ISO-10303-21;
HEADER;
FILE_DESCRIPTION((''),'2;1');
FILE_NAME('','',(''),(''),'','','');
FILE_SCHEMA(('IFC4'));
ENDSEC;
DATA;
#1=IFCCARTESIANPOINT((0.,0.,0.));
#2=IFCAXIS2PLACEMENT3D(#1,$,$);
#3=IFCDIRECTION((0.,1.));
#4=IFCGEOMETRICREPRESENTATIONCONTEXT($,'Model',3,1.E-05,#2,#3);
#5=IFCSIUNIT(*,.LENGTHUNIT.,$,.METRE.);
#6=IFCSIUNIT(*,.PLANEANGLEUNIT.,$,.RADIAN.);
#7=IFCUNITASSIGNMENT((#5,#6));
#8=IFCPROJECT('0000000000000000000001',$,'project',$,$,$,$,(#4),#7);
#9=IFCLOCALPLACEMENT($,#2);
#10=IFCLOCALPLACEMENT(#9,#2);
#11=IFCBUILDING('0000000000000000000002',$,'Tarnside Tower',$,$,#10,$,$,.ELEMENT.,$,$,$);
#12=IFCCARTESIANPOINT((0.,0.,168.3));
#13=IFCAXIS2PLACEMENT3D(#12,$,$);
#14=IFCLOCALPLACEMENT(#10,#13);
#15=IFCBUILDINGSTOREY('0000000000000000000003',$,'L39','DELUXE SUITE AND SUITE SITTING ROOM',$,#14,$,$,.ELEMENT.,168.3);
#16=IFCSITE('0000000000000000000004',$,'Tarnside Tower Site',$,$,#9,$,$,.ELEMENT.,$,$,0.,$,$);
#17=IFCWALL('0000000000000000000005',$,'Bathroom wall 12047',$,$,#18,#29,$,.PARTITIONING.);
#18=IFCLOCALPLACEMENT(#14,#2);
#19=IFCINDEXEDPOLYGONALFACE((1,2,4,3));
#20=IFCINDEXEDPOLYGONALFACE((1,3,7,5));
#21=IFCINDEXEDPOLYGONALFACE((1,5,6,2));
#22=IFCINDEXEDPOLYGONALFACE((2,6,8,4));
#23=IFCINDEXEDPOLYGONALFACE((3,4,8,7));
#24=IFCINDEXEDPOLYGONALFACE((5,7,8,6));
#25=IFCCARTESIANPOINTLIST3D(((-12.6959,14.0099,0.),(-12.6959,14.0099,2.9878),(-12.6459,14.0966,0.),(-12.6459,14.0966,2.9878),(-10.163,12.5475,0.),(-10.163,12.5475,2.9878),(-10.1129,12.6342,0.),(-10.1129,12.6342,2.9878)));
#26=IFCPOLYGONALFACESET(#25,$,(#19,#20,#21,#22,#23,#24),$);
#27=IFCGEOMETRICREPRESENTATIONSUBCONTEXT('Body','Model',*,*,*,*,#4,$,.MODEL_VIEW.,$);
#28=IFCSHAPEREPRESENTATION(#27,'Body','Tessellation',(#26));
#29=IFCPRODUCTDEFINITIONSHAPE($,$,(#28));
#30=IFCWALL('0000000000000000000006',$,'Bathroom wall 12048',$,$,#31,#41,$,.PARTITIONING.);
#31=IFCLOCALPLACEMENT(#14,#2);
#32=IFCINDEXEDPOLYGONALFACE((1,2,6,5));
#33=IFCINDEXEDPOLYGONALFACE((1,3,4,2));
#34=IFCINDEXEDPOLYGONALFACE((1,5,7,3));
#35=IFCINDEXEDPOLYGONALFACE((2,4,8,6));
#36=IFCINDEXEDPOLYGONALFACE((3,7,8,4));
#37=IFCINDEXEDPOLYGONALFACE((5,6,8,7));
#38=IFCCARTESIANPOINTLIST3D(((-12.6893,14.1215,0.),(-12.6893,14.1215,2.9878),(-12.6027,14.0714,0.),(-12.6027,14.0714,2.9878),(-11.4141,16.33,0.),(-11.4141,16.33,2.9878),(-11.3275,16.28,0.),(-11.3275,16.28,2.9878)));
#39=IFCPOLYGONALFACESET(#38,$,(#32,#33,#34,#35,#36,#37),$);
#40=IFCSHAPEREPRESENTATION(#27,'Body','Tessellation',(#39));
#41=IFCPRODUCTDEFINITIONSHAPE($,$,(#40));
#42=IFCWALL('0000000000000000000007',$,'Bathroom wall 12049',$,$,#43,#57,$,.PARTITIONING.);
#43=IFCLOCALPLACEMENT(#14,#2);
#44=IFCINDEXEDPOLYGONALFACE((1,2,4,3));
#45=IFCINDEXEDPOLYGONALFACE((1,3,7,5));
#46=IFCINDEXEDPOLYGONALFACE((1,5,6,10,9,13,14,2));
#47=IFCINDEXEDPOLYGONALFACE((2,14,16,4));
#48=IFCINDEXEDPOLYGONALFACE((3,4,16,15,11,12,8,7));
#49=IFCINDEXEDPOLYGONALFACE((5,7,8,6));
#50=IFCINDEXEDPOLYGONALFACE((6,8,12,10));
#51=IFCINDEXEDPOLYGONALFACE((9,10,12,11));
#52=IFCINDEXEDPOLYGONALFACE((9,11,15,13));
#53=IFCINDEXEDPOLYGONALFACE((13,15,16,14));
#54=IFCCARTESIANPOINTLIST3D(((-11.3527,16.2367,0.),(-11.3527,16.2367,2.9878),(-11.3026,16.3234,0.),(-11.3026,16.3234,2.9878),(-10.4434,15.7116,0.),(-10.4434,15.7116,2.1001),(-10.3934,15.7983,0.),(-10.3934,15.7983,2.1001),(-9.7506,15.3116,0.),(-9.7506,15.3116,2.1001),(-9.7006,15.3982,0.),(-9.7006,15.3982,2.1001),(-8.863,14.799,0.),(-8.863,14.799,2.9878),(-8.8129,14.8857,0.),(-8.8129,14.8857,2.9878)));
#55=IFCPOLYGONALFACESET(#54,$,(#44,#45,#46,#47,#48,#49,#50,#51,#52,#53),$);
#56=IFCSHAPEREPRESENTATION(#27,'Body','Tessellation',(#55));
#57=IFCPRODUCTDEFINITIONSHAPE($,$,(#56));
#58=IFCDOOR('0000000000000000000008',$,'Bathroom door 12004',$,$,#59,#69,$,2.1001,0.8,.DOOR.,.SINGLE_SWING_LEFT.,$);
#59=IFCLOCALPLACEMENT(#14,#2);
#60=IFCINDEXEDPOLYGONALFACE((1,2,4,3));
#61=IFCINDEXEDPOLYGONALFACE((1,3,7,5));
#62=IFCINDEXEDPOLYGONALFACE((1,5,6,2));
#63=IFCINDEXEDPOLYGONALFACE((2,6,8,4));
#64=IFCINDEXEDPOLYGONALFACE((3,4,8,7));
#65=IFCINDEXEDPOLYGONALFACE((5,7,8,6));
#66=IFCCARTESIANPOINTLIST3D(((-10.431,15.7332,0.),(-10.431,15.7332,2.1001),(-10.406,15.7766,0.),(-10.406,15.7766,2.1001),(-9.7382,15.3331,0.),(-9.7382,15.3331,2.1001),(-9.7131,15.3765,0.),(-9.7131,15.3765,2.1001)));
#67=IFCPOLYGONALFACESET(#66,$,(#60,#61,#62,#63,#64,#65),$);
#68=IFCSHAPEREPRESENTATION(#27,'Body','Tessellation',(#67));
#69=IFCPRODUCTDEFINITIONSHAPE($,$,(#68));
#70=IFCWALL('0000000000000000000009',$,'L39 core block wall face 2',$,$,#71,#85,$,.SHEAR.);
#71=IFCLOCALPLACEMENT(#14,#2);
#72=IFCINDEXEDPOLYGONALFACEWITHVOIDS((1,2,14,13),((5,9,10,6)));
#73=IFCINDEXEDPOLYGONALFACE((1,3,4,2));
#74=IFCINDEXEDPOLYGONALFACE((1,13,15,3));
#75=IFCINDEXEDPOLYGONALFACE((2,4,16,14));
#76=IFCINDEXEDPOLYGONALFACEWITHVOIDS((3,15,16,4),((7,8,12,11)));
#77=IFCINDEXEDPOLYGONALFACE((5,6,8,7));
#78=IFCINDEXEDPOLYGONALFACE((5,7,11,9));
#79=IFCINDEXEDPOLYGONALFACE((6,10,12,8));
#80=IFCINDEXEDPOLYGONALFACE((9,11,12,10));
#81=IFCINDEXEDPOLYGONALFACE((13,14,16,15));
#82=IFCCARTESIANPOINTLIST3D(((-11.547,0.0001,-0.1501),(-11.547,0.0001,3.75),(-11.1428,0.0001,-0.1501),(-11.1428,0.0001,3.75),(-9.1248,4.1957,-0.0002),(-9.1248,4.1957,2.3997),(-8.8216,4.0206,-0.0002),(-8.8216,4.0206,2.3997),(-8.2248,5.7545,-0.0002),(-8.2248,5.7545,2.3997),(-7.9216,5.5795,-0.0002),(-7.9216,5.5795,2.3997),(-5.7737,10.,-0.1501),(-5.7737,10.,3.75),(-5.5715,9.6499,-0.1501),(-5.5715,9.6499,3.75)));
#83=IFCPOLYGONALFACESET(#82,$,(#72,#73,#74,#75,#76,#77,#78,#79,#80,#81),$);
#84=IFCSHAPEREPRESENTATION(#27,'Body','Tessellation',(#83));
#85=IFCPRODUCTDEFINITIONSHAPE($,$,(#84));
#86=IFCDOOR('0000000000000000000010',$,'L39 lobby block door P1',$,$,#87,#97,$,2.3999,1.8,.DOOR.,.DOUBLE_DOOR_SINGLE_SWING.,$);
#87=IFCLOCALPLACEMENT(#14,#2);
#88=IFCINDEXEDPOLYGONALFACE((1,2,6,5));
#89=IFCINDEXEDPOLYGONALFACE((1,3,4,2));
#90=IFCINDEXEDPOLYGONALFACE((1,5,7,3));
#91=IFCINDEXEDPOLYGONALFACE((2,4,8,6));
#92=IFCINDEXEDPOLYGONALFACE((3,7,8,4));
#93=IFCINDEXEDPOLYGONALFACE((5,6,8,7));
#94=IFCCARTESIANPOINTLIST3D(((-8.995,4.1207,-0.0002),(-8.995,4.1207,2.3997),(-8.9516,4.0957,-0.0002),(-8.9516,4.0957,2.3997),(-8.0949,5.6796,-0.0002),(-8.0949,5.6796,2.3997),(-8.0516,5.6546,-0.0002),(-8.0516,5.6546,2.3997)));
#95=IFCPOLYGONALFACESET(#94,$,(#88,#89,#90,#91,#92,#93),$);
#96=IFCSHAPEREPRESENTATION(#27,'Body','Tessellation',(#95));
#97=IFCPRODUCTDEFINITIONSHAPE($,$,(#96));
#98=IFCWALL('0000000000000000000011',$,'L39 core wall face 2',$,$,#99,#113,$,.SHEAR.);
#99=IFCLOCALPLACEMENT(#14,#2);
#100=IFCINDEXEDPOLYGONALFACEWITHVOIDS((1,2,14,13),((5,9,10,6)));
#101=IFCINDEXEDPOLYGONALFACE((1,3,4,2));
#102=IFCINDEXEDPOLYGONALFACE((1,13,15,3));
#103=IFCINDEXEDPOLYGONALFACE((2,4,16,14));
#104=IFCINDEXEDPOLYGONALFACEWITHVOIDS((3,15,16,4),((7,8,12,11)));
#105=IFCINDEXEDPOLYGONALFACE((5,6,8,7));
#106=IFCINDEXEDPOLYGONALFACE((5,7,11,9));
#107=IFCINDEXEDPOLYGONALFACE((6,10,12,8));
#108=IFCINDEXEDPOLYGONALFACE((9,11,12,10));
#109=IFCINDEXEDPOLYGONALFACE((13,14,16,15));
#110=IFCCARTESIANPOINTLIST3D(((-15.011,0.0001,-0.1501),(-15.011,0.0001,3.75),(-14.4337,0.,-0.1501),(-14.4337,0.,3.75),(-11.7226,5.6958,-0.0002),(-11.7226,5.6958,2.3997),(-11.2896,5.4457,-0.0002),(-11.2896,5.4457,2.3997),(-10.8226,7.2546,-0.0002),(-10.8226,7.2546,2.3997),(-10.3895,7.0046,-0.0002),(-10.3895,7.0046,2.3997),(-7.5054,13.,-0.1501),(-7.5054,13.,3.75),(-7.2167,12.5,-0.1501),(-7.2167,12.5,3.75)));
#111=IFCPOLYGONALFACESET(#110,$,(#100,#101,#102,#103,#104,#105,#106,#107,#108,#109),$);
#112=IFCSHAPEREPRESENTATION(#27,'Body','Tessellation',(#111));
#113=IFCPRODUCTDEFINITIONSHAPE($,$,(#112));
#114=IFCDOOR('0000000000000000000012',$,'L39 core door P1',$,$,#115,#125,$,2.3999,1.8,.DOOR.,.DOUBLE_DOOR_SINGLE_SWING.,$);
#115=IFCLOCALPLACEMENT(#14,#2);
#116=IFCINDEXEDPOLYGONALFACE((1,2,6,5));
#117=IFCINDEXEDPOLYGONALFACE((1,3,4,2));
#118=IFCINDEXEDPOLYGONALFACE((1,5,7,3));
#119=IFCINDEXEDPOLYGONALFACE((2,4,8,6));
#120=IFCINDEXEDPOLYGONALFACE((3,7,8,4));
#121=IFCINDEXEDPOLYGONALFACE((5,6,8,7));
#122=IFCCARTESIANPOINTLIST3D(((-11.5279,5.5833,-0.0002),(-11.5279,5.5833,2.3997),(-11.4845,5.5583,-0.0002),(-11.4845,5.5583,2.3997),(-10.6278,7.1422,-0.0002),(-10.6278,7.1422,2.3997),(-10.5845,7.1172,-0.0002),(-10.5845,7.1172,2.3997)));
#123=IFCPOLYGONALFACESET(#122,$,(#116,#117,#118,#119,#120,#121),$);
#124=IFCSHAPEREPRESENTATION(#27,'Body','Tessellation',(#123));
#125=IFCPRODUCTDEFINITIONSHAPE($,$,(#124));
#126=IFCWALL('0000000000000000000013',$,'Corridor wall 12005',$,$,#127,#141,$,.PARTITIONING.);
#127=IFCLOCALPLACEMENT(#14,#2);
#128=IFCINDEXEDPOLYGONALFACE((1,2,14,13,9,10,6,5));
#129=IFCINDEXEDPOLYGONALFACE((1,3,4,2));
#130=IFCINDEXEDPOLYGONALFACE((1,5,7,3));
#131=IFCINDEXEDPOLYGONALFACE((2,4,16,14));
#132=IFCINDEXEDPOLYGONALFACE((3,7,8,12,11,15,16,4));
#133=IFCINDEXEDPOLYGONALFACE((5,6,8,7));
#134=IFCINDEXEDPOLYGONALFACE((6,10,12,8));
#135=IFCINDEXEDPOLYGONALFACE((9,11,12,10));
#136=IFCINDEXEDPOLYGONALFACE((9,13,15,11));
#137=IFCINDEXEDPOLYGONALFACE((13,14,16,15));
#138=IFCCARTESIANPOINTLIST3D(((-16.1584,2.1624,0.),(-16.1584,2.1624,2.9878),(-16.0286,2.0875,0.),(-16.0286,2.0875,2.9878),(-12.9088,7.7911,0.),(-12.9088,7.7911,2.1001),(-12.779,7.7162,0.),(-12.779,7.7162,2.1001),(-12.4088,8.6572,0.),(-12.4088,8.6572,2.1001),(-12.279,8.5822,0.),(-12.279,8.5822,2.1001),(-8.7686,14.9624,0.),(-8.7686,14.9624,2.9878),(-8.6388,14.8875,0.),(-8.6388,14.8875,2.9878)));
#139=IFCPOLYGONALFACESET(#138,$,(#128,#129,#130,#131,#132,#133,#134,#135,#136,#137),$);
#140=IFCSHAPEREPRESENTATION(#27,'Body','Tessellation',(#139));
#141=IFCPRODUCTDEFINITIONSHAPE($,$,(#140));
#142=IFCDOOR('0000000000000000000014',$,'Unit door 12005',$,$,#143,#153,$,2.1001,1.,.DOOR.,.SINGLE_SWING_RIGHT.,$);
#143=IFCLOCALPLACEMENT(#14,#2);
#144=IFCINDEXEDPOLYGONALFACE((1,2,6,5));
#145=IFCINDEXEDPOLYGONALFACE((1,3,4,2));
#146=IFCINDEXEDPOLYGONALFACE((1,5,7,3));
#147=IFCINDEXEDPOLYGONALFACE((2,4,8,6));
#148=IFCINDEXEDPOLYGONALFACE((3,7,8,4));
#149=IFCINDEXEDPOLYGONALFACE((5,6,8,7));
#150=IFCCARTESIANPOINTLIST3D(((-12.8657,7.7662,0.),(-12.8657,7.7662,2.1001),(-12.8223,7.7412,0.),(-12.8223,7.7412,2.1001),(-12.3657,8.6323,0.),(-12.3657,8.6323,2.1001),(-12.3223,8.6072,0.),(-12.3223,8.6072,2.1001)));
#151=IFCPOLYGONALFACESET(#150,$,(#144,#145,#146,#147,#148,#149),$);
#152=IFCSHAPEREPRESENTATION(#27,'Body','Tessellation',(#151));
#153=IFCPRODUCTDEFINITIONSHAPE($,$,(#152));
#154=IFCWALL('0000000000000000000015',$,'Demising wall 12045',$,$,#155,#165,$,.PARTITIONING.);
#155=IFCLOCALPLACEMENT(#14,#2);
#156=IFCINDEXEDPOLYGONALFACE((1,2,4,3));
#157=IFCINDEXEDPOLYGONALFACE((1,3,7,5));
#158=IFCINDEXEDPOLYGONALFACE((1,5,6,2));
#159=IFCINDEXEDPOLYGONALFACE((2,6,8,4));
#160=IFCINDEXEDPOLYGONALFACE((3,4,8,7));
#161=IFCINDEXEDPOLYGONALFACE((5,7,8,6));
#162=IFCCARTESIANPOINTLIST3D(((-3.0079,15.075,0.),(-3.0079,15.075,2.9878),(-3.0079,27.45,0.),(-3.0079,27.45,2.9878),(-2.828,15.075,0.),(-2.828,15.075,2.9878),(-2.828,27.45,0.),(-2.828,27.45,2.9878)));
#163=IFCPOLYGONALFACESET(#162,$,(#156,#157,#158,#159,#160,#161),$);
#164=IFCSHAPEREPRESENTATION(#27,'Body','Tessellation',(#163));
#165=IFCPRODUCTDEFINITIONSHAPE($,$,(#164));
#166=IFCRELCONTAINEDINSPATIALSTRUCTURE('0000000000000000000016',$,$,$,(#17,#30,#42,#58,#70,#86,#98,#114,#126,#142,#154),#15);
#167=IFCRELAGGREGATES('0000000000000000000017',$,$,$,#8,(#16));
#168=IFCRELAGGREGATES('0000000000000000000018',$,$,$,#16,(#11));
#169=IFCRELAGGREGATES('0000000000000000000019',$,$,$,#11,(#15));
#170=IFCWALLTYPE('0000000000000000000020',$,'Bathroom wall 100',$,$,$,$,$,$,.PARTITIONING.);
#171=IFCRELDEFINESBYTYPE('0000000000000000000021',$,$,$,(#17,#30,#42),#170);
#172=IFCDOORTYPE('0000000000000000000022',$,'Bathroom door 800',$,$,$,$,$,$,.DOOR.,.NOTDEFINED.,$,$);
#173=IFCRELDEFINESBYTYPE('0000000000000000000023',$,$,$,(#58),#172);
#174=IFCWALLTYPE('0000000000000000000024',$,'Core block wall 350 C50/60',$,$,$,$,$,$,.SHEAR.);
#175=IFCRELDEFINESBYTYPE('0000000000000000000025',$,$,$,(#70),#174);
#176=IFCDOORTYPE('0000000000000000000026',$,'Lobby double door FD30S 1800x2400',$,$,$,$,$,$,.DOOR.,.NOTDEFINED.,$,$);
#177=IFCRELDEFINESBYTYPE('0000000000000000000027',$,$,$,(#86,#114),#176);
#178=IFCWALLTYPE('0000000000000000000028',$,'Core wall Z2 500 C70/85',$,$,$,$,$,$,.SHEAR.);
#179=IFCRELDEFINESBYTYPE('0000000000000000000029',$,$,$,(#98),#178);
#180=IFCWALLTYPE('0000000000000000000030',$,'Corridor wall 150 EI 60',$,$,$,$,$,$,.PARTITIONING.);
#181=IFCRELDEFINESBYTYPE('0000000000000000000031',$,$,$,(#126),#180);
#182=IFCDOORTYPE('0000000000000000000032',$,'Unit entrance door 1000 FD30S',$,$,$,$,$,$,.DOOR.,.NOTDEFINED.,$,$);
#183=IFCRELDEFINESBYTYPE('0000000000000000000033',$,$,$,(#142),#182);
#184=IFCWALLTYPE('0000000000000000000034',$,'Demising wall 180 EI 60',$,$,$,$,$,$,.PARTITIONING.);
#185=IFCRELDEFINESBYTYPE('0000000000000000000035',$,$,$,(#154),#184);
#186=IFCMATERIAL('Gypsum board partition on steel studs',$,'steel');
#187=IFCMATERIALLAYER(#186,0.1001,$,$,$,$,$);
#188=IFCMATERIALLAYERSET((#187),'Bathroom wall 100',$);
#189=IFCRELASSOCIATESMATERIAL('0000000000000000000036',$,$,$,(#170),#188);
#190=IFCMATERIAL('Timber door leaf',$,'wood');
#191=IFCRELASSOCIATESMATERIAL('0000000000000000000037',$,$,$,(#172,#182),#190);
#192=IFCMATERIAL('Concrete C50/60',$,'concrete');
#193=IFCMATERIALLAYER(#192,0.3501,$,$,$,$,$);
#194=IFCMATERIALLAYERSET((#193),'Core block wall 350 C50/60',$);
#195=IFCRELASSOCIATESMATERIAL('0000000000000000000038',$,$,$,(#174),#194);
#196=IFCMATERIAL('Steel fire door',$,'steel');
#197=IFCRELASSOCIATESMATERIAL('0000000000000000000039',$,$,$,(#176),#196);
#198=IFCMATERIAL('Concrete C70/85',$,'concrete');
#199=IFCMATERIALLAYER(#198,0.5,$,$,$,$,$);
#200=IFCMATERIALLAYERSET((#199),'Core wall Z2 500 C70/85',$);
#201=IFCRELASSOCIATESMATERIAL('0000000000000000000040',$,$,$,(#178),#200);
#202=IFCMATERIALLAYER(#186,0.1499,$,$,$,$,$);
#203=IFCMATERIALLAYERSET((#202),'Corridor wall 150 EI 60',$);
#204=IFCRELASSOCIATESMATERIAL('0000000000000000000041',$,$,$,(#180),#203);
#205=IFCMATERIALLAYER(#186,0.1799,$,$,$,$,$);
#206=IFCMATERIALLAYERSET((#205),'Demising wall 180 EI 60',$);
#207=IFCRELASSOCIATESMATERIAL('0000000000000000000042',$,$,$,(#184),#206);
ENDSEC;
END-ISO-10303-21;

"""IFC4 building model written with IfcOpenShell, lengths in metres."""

from ifc_helpers import new_model, si_unit, direction, frame, frame_2d, origin, place, context, subcontext, project, spatial, polyline, rectangle, outline, extrude, material, layer, layer_set, type_object, element, fill, save


model = new_model("IFC4")

# Units and contexts
model_context = context("Model", 3, precision=1e-05, world=origin(), true_north=direction((0.0, 1.0)))
body_context = subcontext(model_context, "Body", "Model", "MODEL_VIEW")
ifc_project = project(units=[si_unit("LENGTHUNIT", "METRE"), si_unit("PLANEANGLEUNIT", "RADIAN")], contexts=[model_context])

# Site, building, storey
site_placement = place(None, origin())
site = spatial("IfcSite", under=ifc_project, at=site_placement, Name="Tarnside Tower Site", CompositionType="ELEMENT", RefElevation=0.0)
building_placement = place(site_placement, origin())
building = spatial("IfcBuilding", under=site, at=building_placement, Name="Tarnside Tower", CompositionType="ELEMENT")
storey_placement = place(building_placement, frame((0.0, 0.0, 168.3)))
storey = spatial("IfcBuildingStorey", under=building, at=storey_placement, Name="L39", Description="DELUXE SUITE AND SUITE SITTING ROOM", CompositionType="ELEMENT", Elevation=168.3)

# Walls
ifc_material_1 = material(Name="Gypsum board partition on steel studs", Category="steel")
ifc_layer_1 = layer(ifc_material_1, 0.1001)
ifc_layer_set_1 = layer_set([ifc_layer_1], Name="Bathroom wall 100")
wall_type_1 = type_object("IfcWallType", Name="Bathroom wall 100", PredefinedType="PARTITIONING", material=ifc_layer_set_1)
wall_1_placement = place(storey_placement, frame((-10.1379, 12.5908, 0.0), z_axis=(0.0, 0.0, 1.0), x_axis=(-0.866026, 0.499999, 0.0)))
element("IfcWall", 1, at=wall_1_placement, inside=storey, type_object=wall_type_1, Name="Bathroom wall 12047", PredefinedType="PARTITIONING", context=body_context, shape_type="SweptSolid", body=[
    extrude(rectangle(XDim=2.9248, YDim=0.1001, at=frame_2d((1.4624, 0.0))), origin(), (0.0, 0.0, 1.0), 2.9878),
])
wall_2_placement = place(storey_placement, frame((-12.646, 14.0964, 0.0), z_axis=(0.0, 0.0, 1.0), x_axis=(0.500021, 0.866013, 0.0)))
element("IfcWall", 2, at=wall_2_placement, inside=storey, type_object=wall_type_1, Name="Bathroom wall 12048", PredefinedType="PARTITIONING", context=body_context, shape_type="SweptSolid", body=[
    extrude(rectangle(XDim=2.5503, YDim=0.1001, at=frame_2d((1.2751, 0.0))), origin(), (0.0, 0.0, 1.0), 2.9878),
])

# Walls, openings, doors
wall_3_placement = place(storey_placement, frame((-11.3276, 16.28, 0.0), z_axis=(0.0, 0.0, 1.0), x_axis=(0.865982, -0.500075, 0.0)))
wall_3 = element("IfcWall", 3, at=wall_3_placement, inside=storey, type_object=wall_type_1, Name="Bathroom wall 12049", PredefinedType="PARTITIONING", context=body_context, shape_type="SweptSolid", body=[
    extrude(rectangle(XDim=2.875, YDim=0.1001, at=frame_2d((1.4375, 0.0))), origin(), (0.0, 0.0, 1.0), 2.9878),
])
opening_1_placement = place(wall_3_placement, frame((1.05, 0.0, 0.0)))
opening_1 = element("IfcOpeningElement", 4, at=opening_1_placement, cuts=wall_3, PredefinedType="OPENING", context=body_context, shape_type="SweptSolid", body=[
    extrude(rectangle(XDim=0.8, YDim=2.1001, at=frame_2d((0.3999, 1.05))), frame((0.0, 0.0601, 0.0), z_axis=(0.0, -1.0, 0.0), x_axis=(1.0, 0.0, 0.0)), (0.0, 0.0, 1.0), 0.1201),
])
ifc_material_2 = material(Name="Timber door leaf", Category="wood")
door_type_1 = type_object("IfcDoorType", Name="Bathroom door 800", OperationType="NOTDEFINED", PredefinedType="DOOR", material=ifc_material_2)
door_1_placement = place(opening_1_placement, origin())
door_1 = element("IfcDoor", 5, at=door_1_placement, inside=storey, type_object=door_type_1, Name="Bathroom door 12004", OperationType="SINGLE_SWING_LEFT", OverallHeight=2.1001, OverallWidth=0.8, PredefinedType="DOOR", context=body_context, shape_type="SweptSolid", body=[
    extrude(rectangle(XDim=0.8, YDim=2.1001, at=frame_2d((0.3999, 1.05))), frame((0.0, 0.0249, 0.0), z_axis=(0.0, -1.0, 0.0), x_axis=(1.0, 0.0, 0.0)), (0.0, 0.0, 1.0), 0.05),
])
fill(opening_1, door_1)
ifc_material_3 = material(Name="Concrete C50/60", Category="concrete")
ifc_layer_2 = layer(ifc_material_3, 0.3501)
ifc_layer_set_2 = layer_set([ifc_layer_2], Name="Core block wall 350 C50/60")
wall_type_2 = type_object("IfcWallType", Name="Core block wall 350 C50/60", PredefinedType="SHEAR", material=ifc_layer_set_2)
wall_4_placement = place(storey_placement, frame((-5.6726, 9.825, -0.1501), z_axis=(0.0, 0.0, 1.0), x_axis=(-0.499995, -0.866028, 0.0)))
wall_4 = element("IfcWall", 6, at=wall_4_placement, inside=storey, type_object=wall_type_2, Name="L39 core block wall face 2", PredefinedType="SHEAR", context=body_context, shape_type="SweptSolid", body=[
    extrude(outline(polyline([(-0.1011, -0.175), (11.4458, -0.175), (11.2437, 0.175), (0.1011, 0.175), (-0.1011, -0.175)])), origin(), (0.0, 0.0, 1.0), 3.9001),
])
opening_2_placement = place(wall_4_placement, frame((4.8013, 0.0, 0.1499)))
opening_2 = element("IfcOpeningElement", 7, at=opening_2_placement, cuts=wall_4, PredefinedType="OPENING", context=body_context, shape_type="SweptSolid", body=[
    extrude(rectangle(XDim=1.8, YDim=2.3999, at=frame_2d((0.8999, 1.2))), frame((0.0, 0.1851, 0.0), z_axis=(0.0, -1.0, 0.0), x_axis=(1.0, 0.0, 0.0)), (0.0, 0.0, 1.0), 0.3701),
])
ifc_material_4 = material(Name="Steel fire door", Category="steel")
door_type_2 = type_object("IfcDoorType", Name="Lobby double door FD30S 1800x2400", OperationType="NOTDEFINED", PredefinedType="DOOR", material=ifc_material_4)
door_2_placement = place(opening_2_placement, origin())
door_2 = element("IfcDoor", 8, at=door_2_placement, inside=storey, type_object=door_type_2, Name="L39 lobby block door P1", OperationType="DOUBLE_DOOR_SINGLE_SWING", OverallHeight=2.3999, OverallWidth=1.8, PredefinedType="DOOR", context=body_context, shape_type="SweptSolid", body=[
    extrude(rectangle(XDim=1.8, YDim=2.3999, at=frame_2d((0.8999, 1.2))), frame((0.0, 0.0249, 0.0), z_axis=(0.0, -1.0, 0.0), x_axis=(1.0, 0.0, 0.0)), (0.0, 0.0, 1.0), 0.05),
])
fill(opening_2, door_2)
ifc_material_5 = material(Name="Concrete C70/85", Category="concrete")
ifc_layer_3 = layer(ifc_material_5, 0.5)
ifc_layer_set_3 = layer_set([ifc_layer_3], Name="Core wall Z2 500 C70/85")
wall_type_3 = type_object("IfcWallType", Name="Core wall Z2 500 C70/85", PredefinedType="SHEAR", material=ifc_layer_set_3)
wall_5_placement = place(storey_placement, frame((-7.3611, 12.75, -0.1501), z_axis=(0.0, 0.0, 1.0), x_axis=(-0.500006, -0.866022, 0.0)))
wall_5 = element("IfcWall", 9, at=wall_5_placement, inside=storey, type_object=wall_type_3, Name="L39 core wall face 2", PredefinedType="SHEAR", context=body_context, shape_type="SweptSolid", body=[
    extrude(outline(polyline([(-0.1443, -0.25), (14.8667, -0.25), (14.5781, 0.25), (0.1443, 0.25), (-0.1443, -0.25)])), origin(), (0.0, 0.0, 1.0), 3.9001),
])
opening_3_placement = place(wall_5_placement, frame((6.49, 0.0, 0.1499)))
opening_3 = element("IfcOpeningElement", 10, at=opening_3_placement, cuts=wall_5, PredefinedType="OPENING", context=body_context, shape_type="SweptSolid", body=[
    extrude(rectangle(XDim=1.8, YDim=2.3999, at=frame_2d((0.8999, 1.2))), frame((0.0, 0.26, 0.0), z_axis=(0.0, -1.0, 0.0), x_axis=(1.0, 0.0, 0.0)), (0.0, 0.0, 1.0), 0.52),
])
door_3_placement = place(opening_3_placement, origin())
door_3 = element("IfcDoor", 11, at=door_3_placement, inside=storey, type_object=door_type_2, Name="L39 core door P1", OperationType="DOUBLE_DOOR_SINGLE_SWING", OverallHeight=2.3999, OverallWidth=1.8, PredefinedType="DOOR", context=body_context, shape_type="SweptSolid", body=[
    extrude(rectangle(XDim=1.8, YDim=2.3999, at=frame_2d((0.8999, 1.2))), frame((0.0, 0.0249, 0.0), z_axis=(0.0, -1.0, 0.0), x_axis=(1.0, 0.0, 0.0)), (0.0, 0.0, 1.0), 0.05),
])
fill(opening_3, door_3)
ifc_layer_4 = layer(ifc_material_1, 0.1499)
ifc_layer_set_4 = layer_set([ifc_layer_4], Name="Corridor wall 150 EI 60")
wall_type_4 = type_object("IfcWallType", Name="Corridor wall 150 EI 60", PredefinedType="PARTITIONING", material=ifc_layer_set_4)
wall_6_placement = place(storey_placement, frame((-8.7036, 14.925, 0.0), z_axis=(0.0, 0.0, 1.0), x_axis=(-0.499989, -0.866032, 0.0)))
wall_6 = element("IfcWall", 12, at=wall_6_placement, inside=storey, type_object=wall_type_4, Name="Corridor wall 12005", PredefinedType="PARTITIONING", context=body_context, shape_type="SweptSolid", body=[
    extrude(rectangle(XDim=14.78, YDim=0.1499, at=frame_2d((7.3901, 0.0))), origin(), (0.0, 0.0, 1.0), 2.9878),
])
opening_4_placement = place(wall_6_placement, frame((7.2808, 0.0, 0.0)))
opening_4 = element("IfcOpeningElement", 13, at=opening_4_placement, cuts=wall_6, PredefinedType="OPENING", context=body_context, shape_type="SweptSolid", body=[
    extrude(rectangle(XDim=1.0, YDim=2.1001, at=frame_2d((0.5, 1.05))), frame((0.0, 0.085, 0.0), z_axis=(0.0, -1.0, 0.0), x_axis=(1.0, 0.0, 0.0)), (0.0, 0.0, 1.0), 0.1699),
])
door_type_3 = type_object("IfcDoorType", Name="Unit entrance door 1000 FD30S", OperationType="NOTDEFINED", PredefinedType="DOOR", material=ifc_material_2)
door_4_placement = place(opening_4_placement, origin())
door_4 = element("IfcDoor", 14, at=door_4_placement, inside=storey, type_object=door_type_3, Name="Unit door 12005", OperationType="SINGLE_SWING_RIGHT", OverallHeight=2.1001, OverallWidth=1.0, PredefinedType="DOOR", context=body_context, shape_type="SweptSolid", body=[
    extrude(rectangle(XDim=1.0, YDim=2.1001, at=frame_2d((0.5, 1.05))), frame((0.0, 0.0249, 0.0), z_axis=(0.0, -1.0, 0.0), x_axis=(1.0, 0.0, 0.0)), (0.0, 0.0, 1.0), 0.05),
])
fill(opening_4, door_4)

# Wall
ifc_layer_5 = layer(ifc_material_1, 0.1799)
ifc_layer_set_5 = layer_set([ifc_layer_5], Name="Demising wall 180 EI 60")
wall_type_5 = type_object("IfcWallType", Name="Demising wall 180 EI 60", PredefinedType="PARTITIONING", material=ifc_layer_set_5)
for number, where, z_axis, x_axis, name in (
    (15, (-2.918, 27.45, 0.0), (0.0, 0.0, 1.0), (0.0, -1.0, 0.0), "Demising wall 12045"),
):
    element("IfcWall", number, at=place(storey_placement, frame(where, z_axis=z_axis, x_axis=x_axis)), inside=storey, type_object=wall_type_5, Name=name, PredefinedType="PARTITIONING", context=body_context, shape_type="SweptSolid", body=[
        extrude(rectangle(XDim=12.375, YDim=0.1799, at=frame_2d((6.1875, 0.0))), origin(), (0.0, 0.0, 1.0), 2.9878),
    ])

save(model, "model.ifc")
